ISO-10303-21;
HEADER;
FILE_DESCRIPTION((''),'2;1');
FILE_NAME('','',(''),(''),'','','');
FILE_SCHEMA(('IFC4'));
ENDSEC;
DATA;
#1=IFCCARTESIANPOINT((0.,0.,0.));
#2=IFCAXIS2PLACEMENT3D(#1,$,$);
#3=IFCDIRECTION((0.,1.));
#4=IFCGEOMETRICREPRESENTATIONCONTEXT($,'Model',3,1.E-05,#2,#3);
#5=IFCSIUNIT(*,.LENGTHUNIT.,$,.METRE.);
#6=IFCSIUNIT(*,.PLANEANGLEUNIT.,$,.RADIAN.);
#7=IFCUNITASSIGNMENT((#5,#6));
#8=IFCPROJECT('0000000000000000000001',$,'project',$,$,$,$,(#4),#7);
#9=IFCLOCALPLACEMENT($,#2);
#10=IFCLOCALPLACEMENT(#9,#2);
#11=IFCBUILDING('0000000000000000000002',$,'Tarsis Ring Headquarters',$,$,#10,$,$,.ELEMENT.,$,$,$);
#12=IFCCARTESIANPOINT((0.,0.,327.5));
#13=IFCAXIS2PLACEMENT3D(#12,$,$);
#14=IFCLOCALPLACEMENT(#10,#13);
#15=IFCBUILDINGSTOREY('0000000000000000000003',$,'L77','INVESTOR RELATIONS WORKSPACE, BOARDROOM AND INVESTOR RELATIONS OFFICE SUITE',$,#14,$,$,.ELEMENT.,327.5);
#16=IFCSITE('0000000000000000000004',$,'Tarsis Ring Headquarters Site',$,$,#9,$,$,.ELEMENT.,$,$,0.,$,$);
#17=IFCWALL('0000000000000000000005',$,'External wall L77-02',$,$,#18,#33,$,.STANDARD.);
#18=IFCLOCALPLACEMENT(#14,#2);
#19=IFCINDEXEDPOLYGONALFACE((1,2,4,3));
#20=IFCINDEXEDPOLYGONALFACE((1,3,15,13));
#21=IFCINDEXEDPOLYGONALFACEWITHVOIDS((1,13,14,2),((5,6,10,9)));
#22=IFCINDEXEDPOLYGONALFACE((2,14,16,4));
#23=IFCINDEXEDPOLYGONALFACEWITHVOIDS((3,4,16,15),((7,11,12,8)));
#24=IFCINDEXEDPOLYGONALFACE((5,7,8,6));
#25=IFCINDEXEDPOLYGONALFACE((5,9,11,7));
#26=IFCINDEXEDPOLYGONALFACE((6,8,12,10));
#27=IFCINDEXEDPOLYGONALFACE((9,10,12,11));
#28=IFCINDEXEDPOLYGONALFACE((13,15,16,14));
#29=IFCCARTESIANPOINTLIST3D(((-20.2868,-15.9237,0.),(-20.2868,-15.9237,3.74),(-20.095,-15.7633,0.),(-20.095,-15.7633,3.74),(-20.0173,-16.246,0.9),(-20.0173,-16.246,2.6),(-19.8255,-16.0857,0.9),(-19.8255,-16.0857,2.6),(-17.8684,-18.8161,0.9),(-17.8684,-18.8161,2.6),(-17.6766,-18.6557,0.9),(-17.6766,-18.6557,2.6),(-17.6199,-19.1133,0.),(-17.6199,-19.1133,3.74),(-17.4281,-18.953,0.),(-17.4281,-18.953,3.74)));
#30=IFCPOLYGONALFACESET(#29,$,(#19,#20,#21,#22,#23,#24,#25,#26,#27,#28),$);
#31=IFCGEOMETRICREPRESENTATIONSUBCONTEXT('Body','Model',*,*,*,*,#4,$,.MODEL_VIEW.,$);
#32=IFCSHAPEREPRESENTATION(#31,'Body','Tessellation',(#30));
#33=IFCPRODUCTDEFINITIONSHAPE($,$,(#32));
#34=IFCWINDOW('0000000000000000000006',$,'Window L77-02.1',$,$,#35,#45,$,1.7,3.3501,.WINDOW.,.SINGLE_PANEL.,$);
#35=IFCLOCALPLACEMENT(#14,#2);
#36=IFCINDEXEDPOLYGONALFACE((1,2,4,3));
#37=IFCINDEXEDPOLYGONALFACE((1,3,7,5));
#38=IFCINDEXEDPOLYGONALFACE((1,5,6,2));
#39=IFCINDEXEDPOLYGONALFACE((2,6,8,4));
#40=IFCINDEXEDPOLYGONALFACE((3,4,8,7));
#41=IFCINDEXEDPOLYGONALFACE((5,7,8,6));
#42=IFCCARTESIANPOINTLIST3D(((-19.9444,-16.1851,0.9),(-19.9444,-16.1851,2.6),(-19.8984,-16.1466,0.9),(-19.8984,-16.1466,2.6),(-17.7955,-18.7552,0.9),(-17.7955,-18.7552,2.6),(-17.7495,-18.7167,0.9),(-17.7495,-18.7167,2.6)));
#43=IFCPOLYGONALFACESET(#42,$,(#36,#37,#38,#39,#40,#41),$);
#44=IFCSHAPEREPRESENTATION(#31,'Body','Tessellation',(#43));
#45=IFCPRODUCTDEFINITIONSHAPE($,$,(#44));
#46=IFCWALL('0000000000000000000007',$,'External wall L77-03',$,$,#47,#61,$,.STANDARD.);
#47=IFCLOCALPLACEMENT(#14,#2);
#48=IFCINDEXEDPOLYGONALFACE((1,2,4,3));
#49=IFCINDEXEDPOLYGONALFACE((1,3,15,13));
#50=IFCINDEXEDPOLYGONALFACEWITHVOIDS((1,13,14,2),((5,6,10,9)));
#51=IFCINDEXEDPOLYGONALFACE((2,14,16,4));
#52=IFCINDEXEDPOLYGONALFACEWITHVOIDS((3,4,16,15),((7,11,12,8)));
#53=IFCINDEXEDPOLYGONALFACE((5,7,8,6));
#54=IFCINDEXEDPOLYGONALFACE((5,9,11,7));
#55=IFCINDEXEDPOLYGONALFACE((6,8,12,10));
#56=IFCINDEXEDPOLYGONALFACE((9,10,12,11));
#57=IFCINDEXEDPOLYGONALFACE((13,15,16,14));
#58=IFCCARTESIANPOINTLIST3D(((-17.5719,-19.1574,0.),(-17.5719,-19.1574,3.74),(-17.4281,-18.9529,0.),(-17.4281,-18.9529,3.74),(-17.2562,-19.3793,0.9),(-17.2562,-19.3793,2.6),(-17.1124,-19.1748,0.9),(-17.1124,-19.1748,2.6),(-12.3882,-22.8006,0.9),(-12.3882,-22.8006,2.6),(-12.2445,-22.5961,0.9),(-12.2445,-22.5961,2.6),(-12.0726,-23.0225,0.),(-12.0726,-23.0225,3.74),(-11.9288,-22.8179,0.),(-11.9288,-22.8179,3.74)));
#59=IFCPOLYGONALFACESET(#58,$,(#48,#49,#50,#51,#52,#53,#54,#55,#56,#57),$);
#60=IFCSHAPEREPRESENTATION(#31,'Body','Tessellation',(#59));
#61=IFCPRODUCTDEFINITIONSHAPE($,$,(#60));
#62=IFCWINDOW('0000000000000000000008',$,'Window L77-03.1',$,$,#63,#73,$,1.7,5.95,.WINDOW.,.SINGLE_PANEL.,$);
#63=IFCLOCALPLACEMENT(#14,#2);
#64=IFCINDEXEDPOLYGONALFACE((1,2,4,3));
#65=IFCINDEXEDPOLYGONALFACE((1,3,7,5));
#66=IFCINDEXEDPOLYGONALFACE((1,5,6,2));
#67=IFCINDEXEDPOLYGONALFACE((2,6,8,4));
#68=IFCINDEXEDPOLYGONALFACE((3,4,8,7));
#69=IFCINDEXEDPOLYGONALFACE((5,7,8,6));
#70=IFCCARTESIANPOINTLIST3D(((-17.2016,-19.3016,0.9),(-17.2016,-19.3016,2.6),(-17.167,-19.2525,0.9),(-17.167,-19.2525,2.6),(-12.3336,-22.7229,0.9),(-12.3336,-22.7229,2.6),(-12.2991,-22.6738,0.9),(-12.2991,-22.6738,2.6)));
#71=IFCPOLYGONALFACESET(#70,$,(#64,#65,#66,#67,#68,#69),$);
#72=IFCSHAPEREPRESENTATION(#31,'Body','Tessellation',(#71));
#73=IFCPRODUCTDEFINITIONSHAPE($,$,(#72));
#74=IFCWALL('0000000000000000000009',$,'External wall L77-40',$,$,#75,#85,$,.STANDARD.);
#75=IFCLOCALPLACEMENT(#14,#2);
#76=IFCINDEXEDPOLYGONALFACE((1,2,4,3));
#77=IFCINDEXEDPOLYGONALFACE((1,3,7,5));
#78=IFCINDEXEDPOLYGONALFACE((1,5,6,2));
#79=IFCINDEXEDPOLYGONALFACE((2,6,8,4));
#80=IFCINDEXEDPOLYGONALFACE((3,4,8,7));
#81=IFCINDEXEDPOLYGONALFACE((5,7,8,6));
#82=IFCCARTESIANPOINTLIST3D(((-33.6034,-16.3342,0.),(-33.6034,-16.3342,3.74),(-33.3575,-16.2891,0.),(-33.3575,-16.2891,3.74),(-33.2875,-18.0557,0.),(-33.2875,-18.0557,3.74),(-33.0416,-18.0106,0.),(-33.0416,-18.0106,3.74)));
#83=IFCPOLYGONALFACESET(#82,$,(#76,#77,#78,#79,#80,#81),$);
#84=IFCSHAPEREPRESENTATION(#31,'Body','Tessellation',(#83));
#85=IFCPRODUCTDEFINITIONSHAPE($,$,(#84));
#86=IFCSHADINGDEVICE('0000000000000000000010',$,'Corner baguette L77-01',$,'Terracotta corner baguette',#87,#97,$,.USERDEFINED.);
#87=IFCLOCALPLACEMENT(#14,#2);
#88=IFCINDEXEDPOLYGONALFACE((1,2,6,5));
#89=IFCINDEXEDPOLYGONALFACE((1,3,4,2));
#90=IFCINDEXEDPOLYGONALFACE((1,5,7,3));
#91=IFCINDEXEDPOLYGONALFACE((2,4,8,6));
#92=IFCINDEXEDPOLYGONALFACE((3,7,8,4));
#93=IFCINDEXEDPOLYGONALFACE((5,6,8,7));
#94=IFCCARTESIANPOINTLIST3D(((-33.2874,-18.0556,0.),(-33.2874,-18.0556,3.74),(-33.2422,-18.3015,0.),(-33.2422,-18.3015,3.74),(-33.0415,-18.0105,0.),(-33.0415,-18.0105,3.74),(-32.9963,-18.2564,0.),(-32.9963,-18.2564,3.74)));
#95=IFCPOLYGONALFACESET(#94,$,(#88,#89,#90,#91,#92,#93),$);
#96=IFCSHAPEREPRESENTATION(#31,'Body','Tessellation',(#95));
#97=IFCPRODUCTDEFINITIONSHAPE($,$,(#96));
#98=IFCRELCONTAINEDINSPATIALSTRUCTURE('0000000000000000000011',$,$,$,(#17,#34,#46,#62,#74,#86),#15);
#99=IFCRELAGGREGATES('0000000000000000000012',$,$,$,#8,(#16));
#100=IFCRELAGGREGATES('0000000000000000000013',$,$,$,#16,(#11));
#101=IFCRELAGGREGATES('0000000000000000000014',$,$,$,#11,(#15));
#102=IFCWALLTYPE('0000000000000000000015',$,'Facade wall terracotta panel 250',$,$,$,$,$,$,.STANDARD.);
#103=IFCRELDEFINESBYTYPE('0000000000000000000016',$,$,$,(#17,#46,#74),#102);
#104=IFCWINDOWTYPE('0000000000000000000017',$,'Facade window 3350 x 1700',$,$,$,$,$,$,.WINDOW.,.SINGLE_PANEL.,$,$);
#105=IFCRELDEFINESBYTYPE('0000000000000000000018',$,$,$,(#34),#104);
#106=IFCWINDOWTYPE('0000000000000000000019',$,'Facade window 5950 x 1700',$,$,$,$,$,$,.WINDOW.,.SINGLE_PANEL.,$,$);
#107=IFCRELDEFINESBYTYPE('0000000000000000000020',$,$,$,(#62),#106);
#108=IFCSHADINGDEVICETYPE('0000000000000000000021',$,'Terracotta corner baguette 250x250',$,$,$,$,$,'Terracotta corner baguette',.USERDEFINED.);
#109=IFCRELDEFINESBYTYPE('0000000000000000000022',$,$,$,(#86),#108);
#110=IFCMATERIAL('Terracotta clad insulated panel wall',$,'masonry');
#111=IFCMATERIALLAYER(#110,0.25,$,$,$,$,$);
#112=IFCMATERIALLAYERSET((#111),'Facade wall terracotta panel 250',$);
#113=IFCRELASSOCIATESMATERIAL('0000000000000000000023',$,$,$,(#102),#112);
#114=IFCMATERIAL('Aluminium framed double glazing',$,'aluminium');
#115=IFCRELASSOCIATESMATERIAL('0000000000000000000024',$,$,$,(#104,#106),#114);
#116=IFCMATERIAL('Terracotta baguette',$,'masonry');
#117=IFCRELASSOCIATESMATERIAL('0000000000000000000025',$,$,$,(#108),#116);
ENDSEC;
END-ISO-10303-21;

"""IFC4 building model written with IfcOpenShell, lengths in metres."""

from ifc_helpers import new_model, si_unit, direction, frame, frame_2d, origin, origin_2d, place, context, subcontext, project, spatial, rectangle, extrude, material, layer, layer_set, type_object, element, fill, save


model = new_model("IFC4")

# Units and contexts
model_context = context("Model", 3, precision=1e-05, world=origin(), true_north=direction((0.0, 1.0)))
body_context = subcontext(model_context, "Body", "Model", "MODEL_VIEW")
ifc_project = project(units=[si_unit("LENGTHUNIT", "METRE"), si_unit("PLANEANGLEUNIT", "RADIAN")], contexts=[model_context])

# Site, building, storey
site_placement = place(None, origin())
site = spatial("IfcSite", under=ifc_project, at=site_placement, Name="Tarsis Ring Headquarters Site", CompositionType="ELEMENT", RefElevation=0.0)
building_placement = place(site_placement, origin())
building = spatial("IfcBuilding", under=site, at=building_placement, Name="Tarsis Ring Headquarters", CompositionType="ELEMENT")
storey_placement = place(building_placement, frame((0.0, 0.0, 327.5)))
storey = spatial("IfcBuildingStorey", under=building, at=storey_placement, Name="L77", Description="INVESTOR RELATIONS WORKSPACE, BOARDROOM AND INVESTOR RELATIONS OFFICE SUITE", CompositionType="ELEMENT", Elevation=327.5)

# Shared definitions
ifc_material_1 = material(Name="Terracotta clad insulated panel wall", Category="masonry")
ifc_layer_1 = layer(ifc_material_1, 0.25)
ifc_layer_set_1 = layer_set([ifc_layer_1], Name="Facade wall terracotta panel 250")
wall_type_1 = type_object("IfcWallType", Name="Facade wall terracotta panel 250", PredefinedType="STANDARD", material=ifc_layer_set_1)
ifc_material_2 = material(Name="Aluminium framed double glazing", Category="aluminium")

# Walls, openings, windows
wall_1_placement = place(storey_placement, frame((-20.1909, -15.8435, 0.0), z_axis=(0.0, 0.0, 1.0), x_axis=(0.641448, -0.767166, 0.0)))
wall_1 = element("IfcWall", 1, at=wall_1_placement, inside=storey, type_object=wall_type_1, Name="External wall L77-02", PredefinedType="STANDARD", context=body_context, shape_type="SweptSolid", body=[
    extrude(rectangle(XDim=4.1577, YDim=0.25, at=frame_2d((2.0789, 0.0))), origin(), (0.0, 0.0, 1.0), 3.74),
])
opening_1_placement = place(wall_1_placement, frame((0.4202, 0.0, 0.8999)))
opening_1 = element("IfcOpeningElement", 2, at=opening_1_placement, cuts=wall_1, PredefinedType="OPENING", context=body_context, shape_type="SweptSolid", body=[
    extrude(rectangle(XDim=3.3501, YDim=1.7, at=frame_2d((1.675, 0.8501))), frame((0.0, 0.135, 0.0), z_axis=(0.0, -1.0, 0.0), x_axis=(1.0, 0.0, 0.0)), (0.0, 0.0, 1.0), 0.27),
])
window_type_1 = type_object("IfcWindowType", Name="Facade window 3350 x 1700", PartitioningType="SINGLE_PANEL", PredefinedType="WINDOW", material=ifc_material_2)
window_1_placement = place(opening_1_placement, origin())
window_1 = element("IfcWindow", 3, at=window_1_placement, inside=storey, type_object=window_type_1, Name="Window L77-02.1", OverallHeight=1.7, OverallWidth=3.3501, PartitioningType="SINGLE_PANEL", PredefinedType="WINDOW", context=body_context, shape_type="SweptSolid", body=[
    extrude(rectangle(XDim=3.3501, YDim=1.7, at=frame_2d((1.675, 0.8501))), frame((0.0, 0.03, 0.0), z_axis=(0.0, -1.0, 0.0), x_axis=(1.0, 0.0, 0.0)), (0.0, 0.0, 1.0), 0.0601),
])
fill(opening_1, window_1)
wall_2_placement = place(storey_placement, frame((-17.5, -19.0552, 0.0), z_axis=(0.0, 0.0, 1.0), x_axis=(0.818147, -0.575009, 0.0)))
wall_2 = element("IfcWall", 4, at=wall_2_placement, inside=storey, type_object=wall_type_1, Name="External wall L77-03", PredefinedType="STANDARD", context=body_context, shape_type="SweptSolid", body=[
    extrude(rectangle(XDim=6.7217, YDim=0.25, at=frame_2d((3.3608, 0.0))), origin(), (0.0, 0.0, 1.0), 3.74),
])
opening_2_placement = place(wall_2_placement, frame((0.3857, 0.0, 0.8999)))
opening_2 = element("IfcOpeningElement", 5, at=opening_2_placement, cuts=wall_2, PredefinedType="OPENING", context=body_context, shape_type="SweptSolid", body=[
    extrude(rectangle(XDim=5.95, YDim=1.7, at=frame_2d((2.9751, 0.8501))), frame((0.0, 0.135, 0.0), z_axis=(0.0, -1.0, 0.0), x_axis=(1.0, 0.0, 0.0)), (0.0, 0.0, 1.0), 0.27),
])
window_type_2 = type_object("IfcWindowType", Name="Facade window 5950 x 1700", PartitioningType="SINGLE_PANEL", PredefinedType="WINDOW", material=ifc_material_2)
window_2_placement = place(opening_2_placement, origin())
window_2 = element("IfcWindow", 6, at=window_2_placement, inside=storey, type_object=window_type_2, Name="Window L77-03.1", OverallHeight=1.7, OverallWidth=5.95, PartitioningType="SINGLE_PANEL", PredefinedType="WINDOW", context=body_context, shape_type="SweptSolid", body=[
    extrude(rectangle(XDim=5.95, YDim=1.7, at=frame_2d((2.9751, 0.8501))), frame((0.0, 0.03, 0.0), z_axis=(0.0, -1.0, 0.0), x_axis=(1.0, 0.0, 0.0)), (0.0, 0.0, 1.0), 0.0601),
])
fill(opening_2, window_2)

# Wall
wall_3_placement = place(storey_placement, frame((-33.4805, -16.3118, 0.0), z_axis=(0.0, 0.0, 1.0), x_axis=(0.180506, -0.983574, 0.0)))
element("IfcWall", 7, at=wall_3_placement, inside=storey, type_object=wall_type_1, Name="External wall L77-40", PredefinedType="STANDARD", context=body_context, shape_type="SweptSolid", body=[
    extrude(rectangle(XDim=1.7502, YDim=0.25, at=frame_2d((0.875, 0.0))), origin(), (0.0, 0.0, 1.0), 3.74),
])

# Shading device
ifc_material_3 = material(Name="Terracotta baguette", Category="masonry")
shading_device_type_1 = type_object("IfcShadingDeviceType", Name="Terracotta corner baguette 250x250", ElementType="Terracotta corner baguette", PredefinedType="USERDEFINED", material=ifc_material_3)
shading_device_1_placement = place(storey_placement, frame((-33.1418, -18.156, 0.0), z_axis=(0.0, 0.0, 1.0), x_axis=(0.180519, -0.983571, 0.0)))
element("IfcShadingDevice", 8, at=shading_device_1_placement, inside=storey, type_object=shading_device_type_1, Name="Corner baguette L77-01", ObjectType="Terracotta corner baguette", PredefinedType="USERDEFINED", context=body_context, shape_type="SweptSolid", body=[
    extrude(rectangle(XDim=0.25, YDim=0.25, at=origin_2d()), origin(), (0.0, 0.0, 1.0), 3.74),
])

save(model, "model.ifc")
